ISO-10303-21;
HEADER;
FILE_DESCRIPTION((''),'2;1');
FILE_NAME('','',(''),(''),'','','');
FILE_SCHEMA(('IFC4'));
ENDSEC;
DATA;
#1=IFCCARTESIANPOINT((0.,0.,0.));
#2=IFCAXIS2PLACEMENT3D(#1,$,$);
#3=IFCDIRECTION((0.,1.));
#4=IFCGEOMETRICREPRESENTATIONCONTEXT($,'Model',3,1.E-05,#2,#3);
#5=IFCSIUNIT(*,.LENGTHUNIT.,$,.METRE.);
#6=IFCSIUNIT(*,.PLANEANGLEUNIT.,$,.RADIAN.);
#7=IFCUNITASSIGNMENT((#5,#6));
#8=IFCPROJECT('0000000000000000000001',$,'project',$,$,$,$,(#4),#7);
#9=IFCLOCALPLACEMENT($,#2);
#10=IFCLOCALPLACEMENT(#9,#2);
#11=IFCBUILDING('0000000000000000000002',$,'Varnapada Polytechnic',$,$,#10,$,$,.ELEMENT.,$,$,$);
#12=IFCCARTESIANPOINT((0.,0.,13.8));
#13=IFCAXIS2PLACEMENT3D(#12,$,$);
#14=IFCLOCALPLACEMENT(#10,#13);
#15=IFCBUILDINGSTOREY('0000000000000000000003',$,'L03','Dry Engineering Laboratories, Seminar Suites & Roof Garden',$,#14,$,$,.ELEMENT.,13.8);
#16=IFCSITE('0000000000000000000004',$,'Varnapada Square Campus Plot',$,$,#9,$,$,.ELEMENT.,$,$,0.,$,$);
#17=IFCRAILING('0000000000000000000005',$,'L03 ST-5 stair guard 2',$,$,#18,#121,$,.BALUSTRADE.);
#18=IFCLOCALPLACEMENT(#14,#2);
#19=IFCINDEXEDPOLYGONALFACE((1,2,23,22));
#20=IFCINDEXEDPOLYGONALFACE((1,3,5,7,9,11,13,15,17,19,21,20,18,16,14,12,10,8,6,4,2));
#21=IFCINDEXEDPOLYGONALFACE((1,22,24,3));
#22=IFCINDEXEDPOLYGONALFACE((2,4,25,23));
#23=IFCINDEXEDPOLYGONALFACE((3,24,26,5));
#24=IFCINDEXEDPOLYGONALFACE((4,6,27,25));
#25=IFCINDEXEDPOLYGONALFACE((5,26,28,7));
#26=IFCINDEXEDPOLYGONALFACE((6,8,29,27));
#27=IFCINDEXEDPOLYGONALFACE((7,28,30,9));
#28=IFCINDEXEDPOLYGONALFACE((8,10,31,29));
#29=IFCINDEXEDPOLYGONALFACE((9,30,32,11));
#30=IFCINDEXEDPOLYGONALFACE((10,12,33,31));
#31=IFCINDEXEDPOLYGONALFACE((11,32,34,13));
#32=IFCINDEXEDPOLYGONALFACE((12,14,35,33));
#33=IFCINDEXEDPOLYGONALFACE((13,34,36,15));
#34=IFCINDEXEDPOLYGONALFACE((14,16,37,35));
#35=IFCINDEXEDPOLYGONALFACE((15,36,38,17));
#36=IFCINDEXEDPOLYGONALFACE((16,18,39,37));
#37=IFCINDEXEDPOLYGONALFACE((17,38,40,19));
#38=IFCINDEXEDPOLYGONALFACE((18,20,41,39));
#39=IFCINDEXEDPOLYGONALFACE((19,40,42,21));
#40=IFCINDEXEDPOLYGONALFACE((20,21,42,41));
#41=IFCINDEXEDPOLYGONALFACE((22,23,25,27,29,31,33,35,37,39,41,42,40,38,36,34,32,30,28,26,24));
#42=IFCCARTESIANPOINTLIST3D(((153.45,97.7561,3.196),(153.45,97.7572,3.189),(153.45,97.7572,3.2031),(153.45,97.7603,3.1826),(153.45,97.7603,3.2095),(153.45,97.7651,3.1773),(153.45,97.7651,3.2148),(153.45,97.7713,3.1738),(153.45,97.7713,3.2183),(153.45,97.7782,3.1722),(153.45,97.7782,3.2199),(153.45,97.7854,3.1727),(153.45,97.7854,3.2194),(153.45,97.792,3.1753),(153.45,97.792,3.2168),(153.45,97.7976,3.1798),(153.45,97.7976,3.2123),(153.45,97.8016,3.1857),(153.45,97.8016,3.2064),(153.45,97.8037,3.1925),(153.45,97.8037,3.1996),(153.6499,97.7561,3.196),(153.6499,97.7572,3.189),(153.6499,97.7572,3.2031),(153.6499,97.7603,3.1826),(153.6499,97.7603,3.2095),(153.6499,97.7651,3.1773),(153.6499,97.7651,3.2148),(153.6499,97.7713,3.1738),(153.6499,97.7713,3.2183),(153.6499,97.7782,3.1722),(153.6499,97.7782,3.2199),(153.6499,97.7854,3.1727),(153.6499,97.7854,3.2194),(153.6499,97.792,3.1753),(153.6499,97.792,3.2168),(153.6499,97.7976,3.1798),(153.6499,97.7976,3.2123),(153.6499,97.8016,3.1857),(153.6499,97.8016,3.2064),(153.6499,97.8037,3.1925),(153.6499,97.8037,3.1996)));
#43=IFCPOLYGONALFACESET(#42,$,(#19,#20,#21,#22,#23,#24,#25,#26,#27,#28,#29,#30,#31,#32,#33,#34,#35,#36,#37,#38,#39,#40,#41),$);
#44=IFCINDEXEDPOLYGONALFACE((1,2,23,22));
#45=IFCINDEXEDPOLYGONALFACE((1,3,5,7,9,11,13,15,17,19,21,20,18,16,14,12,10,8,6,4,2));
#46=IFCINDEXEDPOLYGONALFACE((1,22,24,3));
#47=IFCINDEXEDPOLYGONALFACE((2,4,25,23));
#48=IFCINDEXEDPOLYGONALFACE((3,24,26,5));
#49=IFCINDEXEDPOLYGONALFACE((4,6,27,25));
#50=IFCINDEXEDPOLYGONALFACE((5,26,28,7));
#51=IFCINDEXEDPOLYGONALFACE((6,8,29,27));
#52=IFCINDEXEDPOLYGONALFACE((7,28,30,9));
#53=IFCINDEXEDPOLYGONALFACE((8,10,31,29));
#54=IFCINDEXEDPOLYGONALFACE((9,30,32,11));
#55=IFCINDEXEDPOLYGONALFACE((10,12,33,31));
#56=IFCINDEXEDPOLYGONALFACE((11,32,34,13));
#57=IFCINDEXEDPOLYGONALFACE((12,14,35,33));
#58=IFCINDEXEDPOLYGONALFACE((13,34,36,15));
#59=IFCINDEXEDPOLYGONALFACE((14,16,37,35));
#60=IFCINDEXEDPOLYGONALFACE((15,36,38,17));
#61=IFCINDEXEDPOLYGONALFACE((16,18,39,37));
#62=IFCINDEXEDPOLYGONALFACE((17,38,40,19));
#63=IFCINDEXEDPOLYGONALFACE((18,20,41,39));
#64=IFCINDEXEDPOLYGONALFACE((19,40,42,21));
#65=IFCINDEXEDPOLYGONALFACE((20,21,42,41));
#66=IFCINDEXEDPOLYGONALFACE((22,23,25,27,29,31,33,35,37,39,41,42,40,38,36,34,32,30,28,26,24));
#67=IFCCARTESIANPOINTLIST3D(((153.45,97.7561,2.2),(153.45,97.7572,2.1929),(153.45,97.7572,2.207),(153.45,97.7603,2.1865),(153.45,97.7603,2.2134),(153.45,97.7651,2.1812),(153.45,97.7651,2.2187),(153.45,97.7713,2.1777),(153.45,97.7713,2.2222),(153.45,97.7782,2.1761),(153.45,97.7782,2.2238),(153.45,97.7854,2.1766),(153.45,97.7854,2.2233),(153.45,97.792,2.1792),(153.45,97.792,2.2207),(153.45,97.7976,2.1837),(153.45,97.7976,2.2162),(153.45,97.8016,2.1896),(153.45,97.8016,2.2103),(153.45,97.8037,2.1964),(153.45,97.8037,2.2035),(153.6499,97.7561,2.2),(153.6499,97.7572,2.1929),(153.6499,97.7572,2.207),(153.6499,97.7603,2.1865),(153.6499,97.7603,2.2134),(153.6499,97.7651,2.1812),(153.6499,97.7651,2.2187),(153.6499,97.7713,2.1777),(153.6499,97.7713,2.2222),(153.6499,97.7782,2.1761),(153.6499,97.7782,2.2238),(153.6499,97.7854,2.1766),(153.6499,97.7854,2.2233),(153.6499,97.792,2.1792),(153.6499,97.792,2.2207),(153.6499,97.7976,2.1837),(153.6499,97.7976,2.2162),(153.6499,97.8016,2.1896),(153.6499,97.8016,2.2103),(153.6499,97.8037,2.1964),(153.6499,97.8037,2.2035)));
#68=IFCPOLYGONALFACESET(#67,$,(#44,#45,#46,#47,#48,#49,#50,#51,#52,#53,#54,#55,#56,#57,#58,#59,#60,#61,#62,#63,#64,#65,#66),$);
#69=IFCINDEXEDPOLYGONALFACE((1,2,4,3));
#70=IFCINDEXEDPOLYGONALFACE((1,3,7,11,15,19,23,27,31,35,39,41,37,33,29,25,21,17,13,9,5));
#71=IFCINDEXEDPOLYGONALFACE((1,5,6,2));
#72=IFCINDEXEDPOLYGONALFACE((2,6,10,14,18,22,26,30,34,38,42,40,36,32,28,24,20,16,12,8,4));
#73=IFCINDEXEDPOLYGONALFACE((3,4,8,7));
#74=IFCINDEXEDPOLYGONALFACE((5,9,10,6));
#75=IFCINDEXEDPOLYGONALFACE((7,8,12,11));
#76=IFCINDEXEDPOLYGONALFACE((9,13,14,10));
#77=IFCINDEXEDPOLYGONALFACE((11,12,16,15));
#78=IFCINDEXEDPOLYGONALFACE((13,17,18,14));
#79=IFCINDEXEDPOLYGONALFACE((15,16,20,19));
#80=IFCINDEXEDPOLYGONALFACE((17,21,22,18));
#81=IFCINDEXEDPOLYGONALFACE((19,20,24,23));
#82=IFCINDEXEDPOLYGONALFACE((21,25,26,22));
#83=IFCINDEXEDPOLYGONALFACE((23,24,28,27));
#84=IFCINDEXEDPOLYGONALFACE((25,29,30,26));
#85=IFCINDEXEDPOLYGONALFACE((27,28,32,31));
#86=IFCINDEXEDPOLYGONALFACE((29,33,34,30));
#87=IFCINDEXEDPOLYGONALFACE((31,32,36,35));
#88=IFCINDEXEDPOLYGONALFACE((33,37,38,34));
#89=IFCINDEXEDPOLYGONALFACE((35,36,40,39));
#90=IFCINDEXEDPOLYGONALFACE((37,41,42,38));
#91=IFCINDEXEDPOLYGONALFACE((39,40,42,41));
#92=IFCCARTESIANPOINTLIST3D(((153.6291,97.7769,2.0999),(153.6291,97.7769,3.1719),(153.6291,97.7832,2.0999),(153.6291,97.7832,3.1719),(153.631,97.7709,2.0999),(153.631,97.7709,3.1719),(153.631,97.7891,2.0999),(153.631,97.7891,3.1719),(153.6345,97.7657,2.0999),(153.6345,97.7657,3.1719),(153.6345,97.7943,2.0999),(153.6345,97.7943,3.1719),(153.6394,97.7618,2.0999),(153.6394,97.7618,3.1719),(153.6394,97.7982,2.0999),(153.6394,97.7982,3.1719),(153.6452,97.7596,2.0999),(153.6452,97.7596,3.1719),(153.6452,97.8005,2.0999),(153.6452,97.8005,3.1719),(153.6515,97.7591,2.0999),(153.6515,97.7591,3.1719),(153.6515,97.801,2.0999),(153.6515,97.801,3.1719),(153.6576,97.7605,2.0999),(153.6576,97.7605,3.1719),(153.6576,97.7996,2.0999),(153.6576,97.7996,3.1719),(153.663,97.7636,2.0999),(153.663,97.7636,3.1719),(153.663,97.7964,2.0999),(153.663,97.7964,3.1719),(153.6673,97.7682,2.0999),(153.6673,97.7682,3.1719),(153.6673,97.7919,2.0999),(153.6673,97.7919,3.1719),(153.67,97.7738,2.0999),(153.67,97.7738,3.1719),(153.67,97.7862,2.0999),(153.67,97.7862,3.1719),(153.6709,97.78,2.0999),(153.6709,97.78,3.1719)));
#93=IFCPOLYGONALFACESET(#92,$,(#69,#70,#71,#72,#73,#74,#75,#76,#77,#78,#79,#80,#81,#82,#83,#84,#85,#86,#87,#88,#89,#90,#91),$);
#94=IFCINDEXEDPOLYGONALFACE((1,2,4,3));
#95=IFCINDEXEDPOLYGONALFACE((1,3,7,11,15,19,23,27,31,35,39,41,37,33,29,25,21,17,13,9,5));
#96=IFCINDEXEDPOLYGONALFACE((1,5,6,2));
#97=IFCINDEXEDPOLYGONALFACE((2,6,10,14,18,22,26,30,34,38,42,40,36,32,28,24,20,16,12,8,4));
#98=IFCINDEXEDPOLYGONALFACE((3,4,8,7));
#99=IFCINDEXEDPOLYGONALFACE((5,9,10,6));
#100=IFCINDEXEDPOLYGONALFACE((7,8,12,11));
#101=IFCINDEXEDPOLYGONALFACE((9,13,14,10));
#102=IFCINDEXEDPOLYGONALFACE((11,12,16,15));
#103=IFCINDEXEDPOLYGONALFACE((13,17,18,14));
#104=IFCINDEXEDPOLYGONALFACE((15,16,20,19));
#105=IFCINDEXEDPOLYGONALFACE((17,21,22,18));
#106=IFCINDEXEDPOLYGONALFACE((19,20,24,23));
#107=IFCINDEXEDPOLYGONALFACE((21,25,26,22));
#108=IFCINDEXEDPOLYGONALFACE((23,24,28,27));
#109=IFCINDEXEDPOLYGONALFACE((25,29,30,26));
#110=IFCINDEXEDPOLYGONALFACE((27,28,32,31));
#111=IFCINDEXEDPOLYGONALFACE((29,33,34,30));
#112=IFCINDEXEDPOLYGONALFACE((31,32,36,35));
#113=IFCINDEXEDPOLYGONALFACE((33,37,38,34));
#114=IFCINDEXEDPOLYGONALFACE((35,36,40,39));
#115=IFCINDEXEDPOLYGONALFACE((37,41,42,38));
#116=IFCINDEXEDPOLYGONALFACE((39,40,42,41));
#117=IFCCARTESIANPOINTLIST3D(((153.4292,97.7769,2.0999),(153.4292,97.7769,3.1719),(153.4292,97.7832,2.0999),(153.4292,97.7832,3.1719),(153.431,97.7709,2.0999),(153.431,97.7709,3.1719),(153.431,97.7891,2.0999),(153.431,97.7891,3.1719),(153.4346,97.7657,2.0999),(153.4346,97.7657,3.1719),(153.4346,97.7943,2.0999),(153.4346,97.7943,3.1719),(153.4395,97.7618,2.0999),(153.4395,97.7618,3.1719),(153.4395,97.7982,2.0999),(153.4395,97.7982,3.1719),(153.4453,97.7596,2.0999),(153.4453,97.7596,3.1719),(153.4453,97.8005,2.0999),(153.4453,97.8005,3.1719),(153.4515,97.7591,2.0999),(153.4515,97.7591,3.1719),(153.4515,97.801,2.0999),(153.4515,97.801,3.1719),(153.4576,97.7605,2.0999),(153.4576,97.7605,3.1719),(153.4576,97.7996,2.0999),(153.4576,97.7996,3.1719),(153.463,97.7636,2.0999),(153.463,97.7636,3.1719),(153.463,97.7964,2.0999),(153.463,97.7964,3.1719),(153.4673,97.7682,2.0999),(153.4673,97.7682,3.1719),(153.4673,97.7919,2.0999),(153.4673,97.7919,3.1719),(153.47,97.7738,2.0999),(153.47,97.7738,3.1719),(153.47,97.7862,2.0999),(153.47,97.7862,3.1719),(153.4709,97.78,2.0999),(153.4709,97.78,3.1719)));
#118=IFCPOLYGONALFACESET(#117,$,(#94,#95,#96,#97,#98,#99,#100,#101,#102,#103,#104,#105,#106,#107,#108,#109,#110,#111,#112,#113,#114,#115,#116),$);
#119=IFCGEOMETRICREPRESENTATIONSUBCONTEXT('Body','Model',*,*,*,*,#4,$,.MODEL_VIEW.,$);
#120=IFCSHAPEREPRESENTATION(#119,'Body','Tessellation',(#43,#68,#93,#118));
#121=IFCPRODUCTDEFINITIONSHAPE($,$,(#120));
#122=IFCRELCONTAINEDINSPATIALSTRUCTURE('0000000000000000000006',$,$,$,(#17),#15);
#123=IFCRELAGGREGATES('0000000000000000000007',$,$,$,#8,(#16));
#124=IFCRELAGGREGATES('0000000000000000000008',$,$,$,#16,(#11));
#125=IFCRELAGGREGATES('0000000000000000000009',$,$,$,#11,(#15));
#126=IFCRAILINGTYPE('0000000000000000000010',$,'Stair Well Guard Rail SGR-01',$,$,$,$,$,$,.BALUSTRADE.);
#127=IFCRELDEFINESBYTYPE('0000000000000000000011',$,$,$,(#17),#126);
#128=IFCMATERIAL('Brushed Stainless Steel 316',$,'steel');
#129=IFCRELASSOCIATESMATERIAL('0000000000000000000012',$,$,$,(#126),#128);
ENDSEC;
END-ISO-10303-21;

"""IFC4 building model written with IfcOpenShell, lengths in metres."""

from ifc_helpers import new_model, si_unit, direction, frame, origin, origin_2d, place, context, subcontext, project, spatial, circle, extrude, material, type_object, element, save


model = new_model("IFC4")

# Units and contexts
model_context = context("Model", 3, precision=1e-05, world=origin(), true_north=direction((0.0, 1.0)))
body_context = subcontext(model_context, "Body", "Model", "MODEL_VIEW")
ifc_project = project(units=[si_unit("LENGTHUNIT", "METRE"), si_unit("PLANEANGLEUNIT", "RADIAN")], contexts=[model_context])

# Site, building, storey
site_placement = place(None, origin())
site = spatial("IfcSite", under=ifc_project, at=site_placement, Name="Varnapada Square Campus Plot", CompositionType="ELEMENT", RefElevation=0.0)
building_placement = place(site_placement, origin())
building = spatial("IfcBuilding", under=site, at=building_placement, Name="Varnapada Polytechnic", CompositionType="ELEMENT")
storey_placement = place(building_placement, frame((0.0, 0.0, 13.8)))
storey = spatial("IfcBuildingStorey", under=building, at=storey_placement, Name="L03", Description="Dry Engineering Laboratories, Seminar Suites & Roof Garden", CompositionType="ELEMENT", Elevation=13.8)

# Shared definitions
ifc_material_1 = material(Name="Brushed Stainless Steel 316", Category="steel")

# Railing
railing_type_1 = type_object("IfcRailingType", Name="Stair Well Guard Rail SGR-01", PredefinedType="BALUSTRADE", material=ifc_material_1)
railing_1_placement = place(storey_placement, frame((153.6499, 97.78, 2.0999)))
element("IfcRailing", 1, at=railing_1_placement, inside=storey, type_object=railing_type_1, Name="L03 ST-5 stair guard 2", PredefinedType="BALUSTRADE", context=body_context, shape_type="SweptSolid", body=[
    extrude(circle(Radius=0.0239, at=origin_2d()), frame((0.0, 0.0, 1.0962), z_axis=(-1.0, 0.0, 0.0), x_axis=(0.0, -1.0, 0.0)), (0.0, 0.0, 1.0), 0.2),
    extrude(circle(Radius=0.0239, at=origin_2d()), frame((0.0, 0.0, 0.1001), z_axis=(-1.0, 0.0, 0.0), x_axis=(0.0, -1.0, 0.0)), (0.0, 0.0, 1.0), 0.2),
    extrude(circle(Radius=0.021, at=origin_2d()), origin(), (0.0, 0.0, 1.0), 1.072),
    extrude(circle(Radius=0.021, at=origin_2d()), frame((-0.2, 0.0, 0.0)), (0.0, 0.0, 1.0), 1.072),
])

save(model, "model.ifc")
